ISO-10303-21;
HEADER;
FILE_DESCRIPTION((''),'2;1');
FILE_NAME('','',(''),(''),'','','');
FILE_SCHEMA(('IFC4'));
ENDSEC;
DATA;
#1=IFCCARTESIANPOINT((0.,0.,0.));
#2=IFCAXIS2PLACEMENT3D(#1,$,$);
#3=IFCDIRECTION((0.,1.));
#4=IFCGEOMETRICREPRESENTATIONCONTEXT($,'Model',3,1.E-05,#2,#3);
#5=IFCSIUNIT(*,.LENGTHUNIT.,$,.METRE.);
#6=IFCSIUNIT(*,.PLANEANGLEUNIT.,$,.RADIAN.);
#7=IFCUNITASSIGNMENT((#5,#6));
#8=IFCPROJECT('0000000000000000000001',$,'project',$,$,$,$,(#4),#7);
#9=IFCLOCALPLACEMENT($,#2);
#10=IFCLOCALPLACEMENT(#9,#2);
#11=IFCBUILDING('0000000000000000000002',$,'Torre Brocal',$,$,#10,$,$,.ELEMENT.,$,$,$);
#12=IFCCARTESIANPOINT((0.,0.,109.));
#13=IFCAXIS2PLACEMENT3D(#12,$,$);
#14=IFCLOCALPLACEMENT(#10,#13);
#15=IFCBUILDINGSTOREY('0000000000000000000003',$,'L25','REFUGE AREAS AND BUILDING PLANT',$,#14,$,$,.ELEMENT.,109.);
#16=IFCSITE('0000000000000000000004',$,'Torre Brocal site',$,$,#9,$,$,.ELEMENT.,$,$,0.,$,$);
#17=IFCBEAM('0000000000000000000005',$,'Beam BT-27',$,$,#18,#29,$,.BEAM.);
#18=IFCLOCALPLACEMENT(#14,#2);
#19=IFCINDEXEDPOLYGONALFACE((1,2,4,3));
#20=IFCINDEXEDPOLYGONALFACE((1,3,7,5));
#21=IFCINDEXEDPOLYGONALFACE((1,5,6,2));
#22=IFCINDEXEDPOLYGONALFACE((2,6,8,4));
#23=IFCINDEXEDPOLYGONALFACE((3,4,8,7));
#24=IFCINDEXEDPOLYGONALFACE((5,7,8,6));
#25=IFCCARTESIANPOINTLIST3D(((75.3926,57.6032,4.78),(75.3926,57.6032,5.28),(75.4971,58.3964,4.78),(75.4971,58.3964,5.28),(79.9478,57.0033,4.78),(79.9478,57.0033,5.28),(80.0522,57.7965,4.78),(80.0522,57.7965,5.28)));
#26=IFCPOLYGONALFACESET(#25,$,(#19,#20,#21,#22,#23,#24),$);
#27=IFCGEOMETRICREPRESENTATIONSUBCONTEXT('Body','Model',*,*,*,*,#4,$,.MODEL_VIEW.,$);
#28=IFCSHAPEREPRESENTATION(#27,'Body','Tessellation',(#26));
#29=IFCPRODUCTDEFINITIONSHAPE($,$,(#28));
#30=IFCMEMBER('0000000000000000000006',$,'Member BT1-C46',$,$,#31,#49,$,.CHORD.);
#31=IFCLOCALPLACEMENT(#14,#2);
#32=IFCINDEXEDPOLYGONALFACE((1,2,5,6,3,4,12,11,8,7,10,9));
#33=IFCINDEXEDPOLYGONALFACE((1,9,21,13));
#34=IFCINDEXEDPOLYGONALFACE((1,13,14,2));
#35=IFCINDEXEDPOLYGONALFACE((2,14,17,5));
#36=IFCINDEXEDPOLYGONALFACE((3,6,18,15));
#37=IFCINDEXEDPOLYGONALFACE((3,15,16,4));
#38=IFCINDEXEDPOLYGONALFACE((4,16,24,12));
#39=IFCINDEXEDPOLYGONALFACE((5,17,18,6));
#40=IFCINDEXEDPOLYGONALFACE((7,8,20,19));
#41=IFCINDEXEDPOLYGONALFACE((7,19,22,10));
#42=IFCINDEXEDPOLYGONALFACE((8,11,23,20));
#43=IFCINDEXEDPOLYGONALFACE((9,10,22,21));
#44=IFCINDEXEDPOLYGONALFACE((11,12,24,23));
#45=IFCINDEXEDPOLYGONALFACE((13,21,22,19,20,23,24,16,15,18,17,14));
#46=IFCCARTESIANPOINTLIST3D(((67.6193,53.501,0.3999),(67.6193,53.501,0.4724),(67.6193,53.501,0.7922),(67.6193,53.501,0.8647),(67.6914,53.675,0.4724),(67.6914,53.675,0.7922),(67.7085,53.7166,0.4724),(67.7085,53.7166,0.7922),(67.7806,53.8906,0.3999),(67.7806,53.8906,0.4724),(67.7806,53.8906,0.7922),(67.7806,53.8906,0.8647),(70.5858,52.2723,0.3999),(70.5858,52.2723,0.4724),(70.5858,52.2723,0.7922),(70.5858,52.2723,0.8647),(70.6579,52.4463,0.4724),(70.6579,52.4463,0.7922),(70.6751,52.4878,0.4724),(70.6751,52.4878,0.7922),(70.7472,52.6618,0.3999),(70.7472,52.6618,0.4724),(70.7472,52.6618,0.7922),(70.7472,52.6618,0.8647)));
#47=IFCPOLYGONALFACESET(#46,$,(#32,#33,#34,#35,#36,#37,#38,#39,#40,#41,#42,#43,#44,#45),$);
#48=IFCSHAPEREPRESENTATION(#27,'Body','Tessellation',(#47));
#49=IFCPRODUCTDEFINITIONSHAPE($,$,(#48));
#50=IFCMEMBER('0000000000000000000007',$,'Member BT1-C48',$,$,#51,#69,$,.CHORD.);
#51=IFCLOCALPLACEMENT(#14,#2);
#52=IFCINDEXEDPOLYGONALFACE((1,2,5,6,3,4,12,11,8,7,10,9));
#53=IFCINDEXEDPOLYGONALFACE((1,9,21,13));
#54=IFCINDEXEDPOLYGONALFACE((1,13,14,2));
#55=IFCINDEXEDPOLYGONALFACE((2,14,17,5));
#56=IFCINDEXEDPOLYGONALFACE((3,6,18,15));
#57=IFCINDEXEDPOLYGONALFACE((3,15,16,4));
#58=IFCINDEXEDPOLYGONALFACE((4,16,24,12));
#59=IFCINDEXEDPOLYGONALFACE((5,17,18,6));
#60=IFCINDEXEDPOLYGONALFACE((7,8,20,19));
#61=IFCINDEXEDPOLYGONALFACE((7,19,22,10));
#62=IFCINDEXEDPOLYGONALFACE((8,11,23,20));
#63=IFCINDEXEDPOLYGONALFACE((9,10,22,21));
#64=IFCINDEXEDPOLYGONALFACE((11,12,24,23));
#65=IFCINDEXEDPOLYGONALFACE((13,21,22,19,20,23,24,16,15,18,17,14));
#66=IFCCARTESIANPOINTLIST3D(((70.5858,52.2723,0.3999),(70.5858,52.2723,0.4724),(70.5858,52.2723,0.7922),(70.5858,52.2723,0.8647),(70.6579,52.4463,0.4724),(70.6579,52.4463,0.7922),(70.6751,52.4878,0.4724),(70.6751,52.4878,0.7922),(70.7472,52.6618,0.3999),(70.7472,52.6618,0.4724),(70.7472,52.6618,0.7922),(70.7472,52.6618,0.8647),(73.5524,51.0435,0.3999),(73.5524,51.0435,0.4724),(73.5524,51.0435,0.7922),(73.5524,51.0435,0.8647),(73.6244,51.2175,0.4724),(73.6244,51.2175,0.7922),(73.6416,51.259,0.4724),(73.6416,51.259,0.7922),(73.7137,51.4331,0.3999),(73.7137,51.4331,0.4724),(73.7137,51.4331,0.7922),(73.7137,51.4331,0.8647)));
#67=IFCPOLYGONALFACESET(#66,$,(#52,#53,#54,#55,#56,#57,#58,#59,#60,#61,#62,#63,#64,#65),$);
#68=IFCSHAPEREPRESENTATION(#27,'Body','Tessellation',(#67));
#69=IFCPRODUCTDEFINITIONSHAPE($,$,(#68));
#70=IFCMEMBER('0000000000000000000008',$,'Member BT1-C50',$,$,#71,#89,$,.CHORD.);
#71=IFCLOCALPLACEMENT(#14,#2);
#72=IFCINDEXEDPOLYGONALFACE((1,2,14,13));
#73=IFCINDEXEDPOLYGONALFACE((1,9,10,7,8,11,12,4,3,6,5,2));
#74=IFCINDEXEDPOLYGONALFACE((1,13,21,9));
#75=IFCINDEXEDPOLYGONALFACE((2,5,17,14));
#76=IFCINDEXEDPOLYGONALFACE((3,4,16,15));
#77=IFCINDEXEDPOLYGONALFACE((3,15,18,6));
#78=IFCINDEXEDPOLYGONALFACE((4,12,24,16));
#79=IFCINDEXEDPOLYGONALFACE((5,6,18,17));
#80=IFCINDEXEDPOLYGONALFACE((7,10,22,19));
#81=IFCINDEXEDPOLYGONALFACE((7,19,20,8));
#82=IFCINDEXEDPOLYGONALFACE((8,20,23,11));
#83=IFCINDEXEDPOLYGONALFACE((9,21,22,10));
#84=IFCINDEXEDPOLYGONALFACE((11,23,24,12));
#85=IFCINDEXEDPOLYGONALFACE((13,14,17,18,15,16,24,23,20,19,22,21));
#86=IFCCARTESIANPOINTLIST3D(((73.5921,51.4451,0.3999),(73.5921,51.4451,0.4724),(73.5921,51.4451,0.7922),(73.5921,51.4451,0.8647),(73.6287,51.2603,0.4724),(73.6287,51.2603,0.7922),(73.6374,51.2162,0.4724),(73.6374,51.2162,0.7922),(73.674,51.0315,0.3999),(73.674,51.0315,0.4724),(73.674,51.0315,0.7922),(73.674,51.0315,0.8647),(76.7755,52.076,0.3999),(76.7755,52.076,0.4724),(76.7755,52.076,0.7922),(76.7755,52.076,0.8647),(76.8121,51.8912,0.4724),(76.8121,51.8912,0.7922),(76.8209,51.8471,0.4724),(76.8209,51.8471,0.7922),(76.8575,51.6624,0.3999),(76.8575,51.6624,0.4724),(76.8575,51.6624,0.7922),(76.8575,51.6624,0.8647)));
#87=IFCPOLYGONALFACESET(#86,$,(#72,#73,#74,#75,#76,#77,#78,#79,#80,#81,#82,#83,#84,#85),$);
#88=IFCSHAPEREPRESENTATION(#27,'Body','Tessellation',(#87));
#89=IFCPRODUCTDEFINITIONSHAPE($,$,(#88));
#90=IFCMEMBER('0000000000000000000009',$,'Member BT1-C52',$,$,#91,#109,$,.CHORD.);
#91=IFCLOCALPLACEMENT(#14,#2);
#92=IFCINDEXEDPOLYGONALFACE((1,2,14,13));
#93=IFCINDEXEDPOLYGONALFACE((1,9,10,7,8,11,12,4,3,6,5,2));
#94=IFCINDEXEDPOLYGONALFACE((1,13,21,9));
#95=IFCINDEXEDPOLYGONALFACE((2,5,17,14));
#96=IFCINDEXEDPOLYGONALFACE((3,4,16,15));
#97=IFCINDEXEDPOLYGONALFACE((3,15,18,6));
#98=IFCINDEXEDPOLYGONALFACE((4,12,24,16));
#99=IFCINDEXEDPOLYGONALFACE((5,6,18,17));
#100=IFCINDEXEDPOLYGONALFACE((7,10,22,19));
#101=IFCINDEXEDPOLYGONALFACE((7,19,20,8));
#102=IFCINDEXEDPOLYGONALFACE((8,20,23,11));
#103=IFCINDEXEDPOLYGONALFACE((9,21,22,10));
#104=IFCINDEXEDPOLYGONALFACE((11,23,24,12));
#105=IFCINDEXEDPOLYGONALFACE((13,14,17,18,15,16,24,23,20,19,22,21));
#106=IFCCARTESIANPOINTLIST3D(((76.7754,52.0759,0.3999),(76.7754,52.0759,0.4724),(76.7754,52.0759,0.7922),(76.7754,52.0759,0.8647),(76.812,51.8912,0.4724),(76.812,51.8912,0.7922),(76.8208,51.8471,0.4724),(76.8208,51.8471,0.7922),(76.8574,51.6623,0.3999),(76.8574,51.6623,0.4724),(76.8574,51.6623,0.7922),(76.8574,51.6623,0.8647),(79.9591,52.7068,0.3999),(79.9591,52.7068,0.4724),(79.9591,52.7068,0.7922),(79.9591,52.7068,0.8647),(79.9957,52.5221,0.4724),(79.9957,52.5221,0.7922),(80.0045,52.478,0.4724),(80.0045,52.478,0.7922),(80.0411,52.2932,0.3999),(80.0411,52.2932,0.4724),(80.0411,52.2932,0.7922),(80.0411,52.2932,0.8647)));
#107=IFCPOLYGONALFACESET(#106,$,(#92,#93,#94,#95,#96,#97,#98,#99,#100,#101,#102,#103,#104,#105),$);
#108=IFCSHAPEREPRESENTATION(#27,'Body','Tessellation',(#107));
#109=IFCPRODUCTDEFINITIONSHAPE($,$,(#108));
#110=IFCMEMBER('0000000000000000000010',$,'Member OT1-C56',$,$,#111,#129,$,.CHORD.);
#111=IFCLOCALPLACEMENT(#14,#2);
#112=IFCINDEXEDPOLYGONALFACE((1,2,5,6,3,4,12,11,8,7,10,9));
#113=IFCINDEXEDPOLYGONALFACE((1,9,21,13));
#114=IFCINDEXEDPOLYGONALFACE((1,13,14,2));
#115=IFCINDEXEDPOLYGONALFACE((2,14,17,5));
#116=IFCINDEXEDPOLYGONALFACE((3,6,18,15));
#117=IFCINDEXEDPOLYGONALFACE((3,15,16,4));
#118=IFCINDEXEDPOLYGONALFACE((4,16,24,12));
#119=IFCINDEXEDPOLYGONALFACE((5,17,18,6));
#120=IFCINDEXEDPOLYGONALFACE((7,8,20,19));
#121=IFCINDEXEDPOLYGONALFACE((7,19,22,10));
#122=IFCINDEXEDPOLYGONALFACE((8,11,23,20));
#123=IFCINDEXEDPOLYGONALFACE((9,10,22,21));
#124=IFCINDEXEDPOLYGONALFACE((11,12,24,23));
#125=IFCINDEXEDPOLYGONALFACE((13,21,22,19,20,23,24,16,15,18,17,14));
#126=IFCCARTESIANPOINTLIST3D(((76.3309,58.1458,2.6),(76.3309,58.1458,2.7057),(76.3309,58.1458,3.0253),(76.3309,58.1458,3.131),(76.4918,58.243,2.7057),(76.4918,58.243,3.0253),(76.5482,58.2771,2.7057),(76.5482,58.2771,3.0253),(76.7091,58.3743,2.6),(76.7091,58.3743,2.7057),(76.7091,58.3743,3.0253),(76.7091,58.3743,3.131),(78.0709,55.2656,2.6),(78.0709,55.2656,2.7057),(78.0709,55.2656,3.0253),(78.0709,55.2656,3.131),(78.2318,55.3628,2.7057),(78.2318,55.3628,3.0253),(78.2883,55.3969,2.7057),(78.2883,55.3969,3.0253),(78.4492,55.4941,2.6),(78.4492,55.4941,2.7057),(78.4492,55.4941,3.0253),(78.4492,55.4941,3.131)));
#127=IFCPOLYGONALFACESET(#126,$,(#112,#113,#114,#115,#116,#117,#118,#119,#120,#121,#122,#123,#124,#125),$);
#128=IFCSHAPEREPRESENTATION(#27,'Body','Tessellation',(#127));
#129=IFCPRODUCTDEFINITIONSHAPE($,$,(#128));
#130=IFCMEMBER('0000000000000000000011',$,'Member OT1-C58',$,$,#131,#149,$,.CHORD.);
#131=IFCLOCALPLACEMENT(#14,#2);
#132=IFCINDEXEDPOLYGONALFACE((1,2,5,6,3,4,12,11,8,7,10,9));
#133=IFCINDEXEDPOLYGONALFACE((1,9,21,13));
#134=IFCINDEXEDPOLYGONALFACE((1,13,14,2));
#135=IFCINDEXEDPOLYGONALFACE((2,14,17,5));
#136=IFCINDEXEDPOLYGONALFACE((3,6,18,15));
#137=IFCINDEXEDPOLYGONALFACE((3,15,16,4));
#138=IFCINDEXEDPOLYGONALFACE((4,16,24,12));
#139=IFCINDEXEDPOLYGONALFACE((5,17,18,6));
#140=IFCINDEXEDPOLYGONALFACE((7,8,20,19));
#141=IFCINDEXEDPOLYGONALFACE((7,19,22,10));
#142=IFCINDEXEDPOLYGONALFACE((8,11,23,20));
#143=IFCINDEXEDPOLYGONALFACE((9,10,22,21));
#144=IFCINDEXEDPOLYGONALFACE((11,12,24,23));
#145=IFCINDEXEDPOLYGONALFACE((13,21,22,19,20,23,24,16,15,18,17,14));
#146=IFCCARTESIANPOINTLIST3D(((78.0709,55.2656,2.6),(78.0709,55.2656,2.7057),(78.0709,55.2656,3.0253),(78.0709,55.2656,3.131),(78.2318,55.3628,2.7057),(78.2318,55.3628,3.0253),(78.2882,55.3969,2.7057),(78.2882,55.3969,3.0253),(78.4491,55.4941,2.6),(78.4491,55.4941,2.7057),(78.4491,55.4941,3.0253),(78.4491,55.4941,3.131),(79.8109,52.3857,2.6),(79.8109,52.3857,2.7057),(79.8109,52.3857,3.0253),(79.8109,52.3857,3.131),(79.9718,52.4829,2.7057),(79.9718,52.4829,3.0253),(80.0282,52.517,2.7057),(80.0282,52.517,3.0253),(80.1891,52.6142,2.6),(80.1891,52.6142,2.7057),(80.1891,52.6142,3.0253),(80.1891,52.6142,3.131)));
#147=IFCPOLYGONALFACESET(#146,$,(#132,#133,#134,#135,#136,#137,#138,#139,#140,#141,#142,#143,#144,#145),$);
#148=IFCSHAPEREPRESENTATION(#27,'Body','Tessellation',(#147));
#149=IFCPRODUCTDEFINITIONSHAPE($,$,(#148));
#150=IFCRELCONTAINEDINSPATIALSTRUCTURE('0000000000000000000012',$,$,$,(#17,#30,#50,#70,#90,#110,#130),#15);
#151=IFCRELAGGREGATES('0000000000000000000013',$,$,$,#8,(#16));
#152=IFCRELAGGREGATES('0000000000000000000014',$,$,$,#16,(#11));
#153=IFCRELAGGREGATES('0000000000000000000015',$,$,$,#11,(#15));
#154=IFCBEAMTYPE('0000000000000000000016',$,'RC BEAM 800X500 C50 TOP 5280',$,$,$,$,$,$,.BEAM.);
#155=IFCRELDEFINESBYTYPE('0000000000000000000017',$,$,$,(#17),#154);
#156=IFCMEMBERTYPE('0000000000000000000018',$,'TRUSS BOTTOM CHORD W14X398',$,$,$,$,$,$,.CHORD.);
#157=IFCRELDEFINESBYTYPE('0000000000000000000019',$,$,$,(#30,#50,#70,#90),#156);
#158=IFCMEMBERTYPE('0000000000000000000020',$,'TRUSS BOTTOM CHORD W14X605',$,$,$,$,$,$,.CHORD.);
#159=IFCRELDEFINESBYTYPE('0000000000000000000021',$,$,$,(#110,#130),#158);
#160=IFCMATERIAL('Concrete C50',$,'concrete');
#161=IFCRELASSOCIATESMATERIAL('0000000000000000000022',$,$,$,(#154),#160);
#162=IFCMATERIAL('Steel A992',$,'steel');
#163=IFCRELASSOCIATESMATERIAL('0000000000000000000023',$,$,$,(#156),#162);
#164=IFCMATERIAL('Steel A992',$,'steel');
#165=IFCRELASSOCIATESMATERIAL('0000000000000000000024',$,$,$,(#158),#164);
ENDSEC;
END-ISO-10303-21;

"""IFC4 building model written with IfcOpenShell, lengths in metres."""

from ifc_helpers import new_model, si_unit, direction, frame, origin, origin_2d, place, context, subcontext, project, spatial, rectangle, i_section, extrude, material, material_profile, profile_set, type_object, element, save


model = new_model("IFC4")

# Units and contexts
model_context = context("Model", 3, precision=1e-05, world=origin(), true_north=direction((0.0, 1.0)))
body_context = subcontext(model_context, "Body", "Model", "MODEL_VIEW")
ifc_project = project(units=[si_unit("LENGTHUNIT", "METRE"), si_unit("PLANEANGLEUNIT", "RADIAN")], contexts=[model_context])

# Site, building, storey
site_placement = place(None, origin())
site = spatial("IfcSite", under=ifc_project, at=site_placement, Name="Torre Brocal site", CompositionType="ELEMENT", RefElevation=0.0)
building_placement = place(site_placement, origin())
building = spatial("IfcBuilding", under=site, at=building_placement, Name="Torre Brocal", CompositionType="ELEMENT")
storey_placement = place(building_placement, frame((0.0, 0.0, 109.0)))
storey = spatial("IfcBuildingStorey", under=building, at=storey_placement, Name="L25", Description="REFUGE AREAS AND BUILDING PLANT", CompositionType="ELEMENT", Elevation=109.0)

# Beam
ifc_material_1 = material(Name="Concrete C50", Category="concrete")
ifc_material_profile_1 = material_profile(ifc_material_1, rectangle(XDim=0.8, YDim=0.5, at=origin_2d()), Name="RC 800X500")
ifc_profile_set_1 = profile_set([ifc_material_profile_1], Name="Concrete C50")
beam_type_1 = type_object("IfcBeamType", Name="RC BEAM 800X500 C50 TOP 5280", PredefinedType="BEAM", material=ifc_profile_set_1)
beam_1_placement = place(storey_placement, frame((75.4448, 57.9998, 5.03), z_axis=(0.991441, -0.130559, 0.0), x_axis=(0.130559, 0.991441, 0.0)))
element("IfcBeam", 1, at=beam_1_placement, inside=storey, type_object=beam_type_1, Name="Beam BT-27", PredefinedType="BEAM", context=body_context, shape_type="SweptSolid", body=[
    extrude(rectangle(XDim=0.8, YDim=0.5, at=origin_2d()), origin(), (0.0, 0.0, 1.0), 4.5945),
])

# Members
ifc_material_2 = material(Name="Steel A992", Category="steel")
ifc_material_profile_2 = material_profile(ifc_material_2, i_section(OverallWidth=0.4216, OverallDepth=0.4648, WebThickness=0.0449, FlangeThickness=0.0725, at=origin_2d()), Name="W14X398")
ifc_profile_set_2 = profile_set([ifc_material_profile_2], Name="Steel A992")
member_type_1 = type_object("IfcMemberType", Name="TRUSS BOTTOM CHORD W14X398", PredefinedType="CHORD", material=ifc_profile_set_2)
for number, where, z_axis, x_axis, name in (
    (2, (67.7, 53.6958, 0.6323), (0.923882, -0.382676, 0.0), (0.382676, 0.923882, 0.0), "Member BT1-C46"),
    (3, (70.6665, 52.467, 0.6323), (0.923882, -0.382676, 0.0), (0.382676, 0.923882, 0.0), "Member BT1-C48"),
):
    element("IfcMember", number, at=place(storey_placement, frame(where, z_axis=z_axis, x_axis=x_axis)), inside=storey, type_object=member_type_1, Name=name, PredefinedType="CHORD", context=body_context, shape_type="SweptSolid", body=[
        extrude(i_section(OverallWidth=0.4216, OverallDepth=0.4648, WebThickness=0.0449, FlangeThickness=0.0725, at=origin_2d()), origin(), (0.0, 0.0, 1.0), 3.2109),
    ])
member_1_placement = place(storey_placement, frame((73.6331, 51.2383, 0.6323), z_axis=(0.980923, 0.194394, 0.0), x_axis=(-0.194394, 0.980923, 0.0)))
element("IfcMember", 4, at=member_1_placement, inside=storey, type_object=member_type_1, Name="Member BT1-C50", PredefinedType="CHORD", context=body_context, shape_type="SweptSolid", body=[
    extrude(i_section(OverallWidth=0.4216, OverallDepth=0.4648, WebThickness=0.0449, FlangeThickness=0.0725, at=origin_2d()), origin(), (0.0, 0.0, 1.0), 3.2454),
])
member_2_placement = place(storey_placement, frame((76.8164, 51.8691, 0.6323), z_axis=(0.980926, 0.19438, 0.0), x_axis=(-0.19438, 0.980926, 0.0)))
element("IfcMember", 5, at=member_2_placement, inside=storey, type_object=member_type_1, Name="Member BT1-C52", PredefinedType="CHORD", context=body_context, shape_type="SweptSolid", body=[
    extrude(i_section(OverallWidth=0.4216, OverallDepth=0.4648, WebThickness=0.0449, FlangeThickness=0.0725, at=origin_2d()), origin(), (0.0, 0.0, 1.0), 3.2456),
])
ifc_material_3 = material(Name="Steel A992", Category="steel")
ifc_material_profile_3 = material_profile(ifc_material_3, i_section(OverallWidth=0.4419, OverallDepth=0.531, WebThickness=0.0659, FlangeThickness=0.1057, at=origin_2d()), Name="W14X605")
ifc_profile_set_3 = profile_set([ifc_material_profile_3], Name="Steel A992")
member_type_2 = type_object("IfcMemberType", Name="TRUSS BOTTOM CHORD W14X605", PredefinedType="CHORD", material=ifc_profile_set_3)
member_3_placement = place(storey_placement, frame((76.52, 58.26, 2.8655), z_axis=(0.517097, -0.855927, 0.0), x_axis=(0.855927, 0.517097, 0.0)))
element("IfcMember", 6, at=member_3_placement, inside=storey, type_object=member_type_2, Name="Member OT1-C56", PredefinedType="CHORD", context=body_context, shape_type="SweptSolid", body=[
    extrude(i_section(OverallWidth=0.4419, OverallDepth=0.531, WebThickness=0.0659, FlangeThickness=0.1057, at=origin_2d()), origin(), (0.0, 0.0, 1.0), 3.365),
])
member_4_placement = place(storey_placement, frame((78.26, 55.3799, 2.8655), z_axis=(0.517129, -0.855908, 0.0), x_axis=(0.855908, 0.517129, 0.0)))
element("IfcMember", 7, at=member_4_placement, inside=storey, type_object=member_type_2, Name="Member OT1-C58", PredefinedType="CHORD", context=body_context, shape_type="SweptSolid", body=[
    extrude(i_section(OverallWidth=0.4419, OverallDepth=0.531, WebThickness=0.0659, FlangeThickness=0.1057, at=origin_2d()), origin(), (0.0, 0.0, 1.0), 3.3647),
])

save(model, "model.ifc")
